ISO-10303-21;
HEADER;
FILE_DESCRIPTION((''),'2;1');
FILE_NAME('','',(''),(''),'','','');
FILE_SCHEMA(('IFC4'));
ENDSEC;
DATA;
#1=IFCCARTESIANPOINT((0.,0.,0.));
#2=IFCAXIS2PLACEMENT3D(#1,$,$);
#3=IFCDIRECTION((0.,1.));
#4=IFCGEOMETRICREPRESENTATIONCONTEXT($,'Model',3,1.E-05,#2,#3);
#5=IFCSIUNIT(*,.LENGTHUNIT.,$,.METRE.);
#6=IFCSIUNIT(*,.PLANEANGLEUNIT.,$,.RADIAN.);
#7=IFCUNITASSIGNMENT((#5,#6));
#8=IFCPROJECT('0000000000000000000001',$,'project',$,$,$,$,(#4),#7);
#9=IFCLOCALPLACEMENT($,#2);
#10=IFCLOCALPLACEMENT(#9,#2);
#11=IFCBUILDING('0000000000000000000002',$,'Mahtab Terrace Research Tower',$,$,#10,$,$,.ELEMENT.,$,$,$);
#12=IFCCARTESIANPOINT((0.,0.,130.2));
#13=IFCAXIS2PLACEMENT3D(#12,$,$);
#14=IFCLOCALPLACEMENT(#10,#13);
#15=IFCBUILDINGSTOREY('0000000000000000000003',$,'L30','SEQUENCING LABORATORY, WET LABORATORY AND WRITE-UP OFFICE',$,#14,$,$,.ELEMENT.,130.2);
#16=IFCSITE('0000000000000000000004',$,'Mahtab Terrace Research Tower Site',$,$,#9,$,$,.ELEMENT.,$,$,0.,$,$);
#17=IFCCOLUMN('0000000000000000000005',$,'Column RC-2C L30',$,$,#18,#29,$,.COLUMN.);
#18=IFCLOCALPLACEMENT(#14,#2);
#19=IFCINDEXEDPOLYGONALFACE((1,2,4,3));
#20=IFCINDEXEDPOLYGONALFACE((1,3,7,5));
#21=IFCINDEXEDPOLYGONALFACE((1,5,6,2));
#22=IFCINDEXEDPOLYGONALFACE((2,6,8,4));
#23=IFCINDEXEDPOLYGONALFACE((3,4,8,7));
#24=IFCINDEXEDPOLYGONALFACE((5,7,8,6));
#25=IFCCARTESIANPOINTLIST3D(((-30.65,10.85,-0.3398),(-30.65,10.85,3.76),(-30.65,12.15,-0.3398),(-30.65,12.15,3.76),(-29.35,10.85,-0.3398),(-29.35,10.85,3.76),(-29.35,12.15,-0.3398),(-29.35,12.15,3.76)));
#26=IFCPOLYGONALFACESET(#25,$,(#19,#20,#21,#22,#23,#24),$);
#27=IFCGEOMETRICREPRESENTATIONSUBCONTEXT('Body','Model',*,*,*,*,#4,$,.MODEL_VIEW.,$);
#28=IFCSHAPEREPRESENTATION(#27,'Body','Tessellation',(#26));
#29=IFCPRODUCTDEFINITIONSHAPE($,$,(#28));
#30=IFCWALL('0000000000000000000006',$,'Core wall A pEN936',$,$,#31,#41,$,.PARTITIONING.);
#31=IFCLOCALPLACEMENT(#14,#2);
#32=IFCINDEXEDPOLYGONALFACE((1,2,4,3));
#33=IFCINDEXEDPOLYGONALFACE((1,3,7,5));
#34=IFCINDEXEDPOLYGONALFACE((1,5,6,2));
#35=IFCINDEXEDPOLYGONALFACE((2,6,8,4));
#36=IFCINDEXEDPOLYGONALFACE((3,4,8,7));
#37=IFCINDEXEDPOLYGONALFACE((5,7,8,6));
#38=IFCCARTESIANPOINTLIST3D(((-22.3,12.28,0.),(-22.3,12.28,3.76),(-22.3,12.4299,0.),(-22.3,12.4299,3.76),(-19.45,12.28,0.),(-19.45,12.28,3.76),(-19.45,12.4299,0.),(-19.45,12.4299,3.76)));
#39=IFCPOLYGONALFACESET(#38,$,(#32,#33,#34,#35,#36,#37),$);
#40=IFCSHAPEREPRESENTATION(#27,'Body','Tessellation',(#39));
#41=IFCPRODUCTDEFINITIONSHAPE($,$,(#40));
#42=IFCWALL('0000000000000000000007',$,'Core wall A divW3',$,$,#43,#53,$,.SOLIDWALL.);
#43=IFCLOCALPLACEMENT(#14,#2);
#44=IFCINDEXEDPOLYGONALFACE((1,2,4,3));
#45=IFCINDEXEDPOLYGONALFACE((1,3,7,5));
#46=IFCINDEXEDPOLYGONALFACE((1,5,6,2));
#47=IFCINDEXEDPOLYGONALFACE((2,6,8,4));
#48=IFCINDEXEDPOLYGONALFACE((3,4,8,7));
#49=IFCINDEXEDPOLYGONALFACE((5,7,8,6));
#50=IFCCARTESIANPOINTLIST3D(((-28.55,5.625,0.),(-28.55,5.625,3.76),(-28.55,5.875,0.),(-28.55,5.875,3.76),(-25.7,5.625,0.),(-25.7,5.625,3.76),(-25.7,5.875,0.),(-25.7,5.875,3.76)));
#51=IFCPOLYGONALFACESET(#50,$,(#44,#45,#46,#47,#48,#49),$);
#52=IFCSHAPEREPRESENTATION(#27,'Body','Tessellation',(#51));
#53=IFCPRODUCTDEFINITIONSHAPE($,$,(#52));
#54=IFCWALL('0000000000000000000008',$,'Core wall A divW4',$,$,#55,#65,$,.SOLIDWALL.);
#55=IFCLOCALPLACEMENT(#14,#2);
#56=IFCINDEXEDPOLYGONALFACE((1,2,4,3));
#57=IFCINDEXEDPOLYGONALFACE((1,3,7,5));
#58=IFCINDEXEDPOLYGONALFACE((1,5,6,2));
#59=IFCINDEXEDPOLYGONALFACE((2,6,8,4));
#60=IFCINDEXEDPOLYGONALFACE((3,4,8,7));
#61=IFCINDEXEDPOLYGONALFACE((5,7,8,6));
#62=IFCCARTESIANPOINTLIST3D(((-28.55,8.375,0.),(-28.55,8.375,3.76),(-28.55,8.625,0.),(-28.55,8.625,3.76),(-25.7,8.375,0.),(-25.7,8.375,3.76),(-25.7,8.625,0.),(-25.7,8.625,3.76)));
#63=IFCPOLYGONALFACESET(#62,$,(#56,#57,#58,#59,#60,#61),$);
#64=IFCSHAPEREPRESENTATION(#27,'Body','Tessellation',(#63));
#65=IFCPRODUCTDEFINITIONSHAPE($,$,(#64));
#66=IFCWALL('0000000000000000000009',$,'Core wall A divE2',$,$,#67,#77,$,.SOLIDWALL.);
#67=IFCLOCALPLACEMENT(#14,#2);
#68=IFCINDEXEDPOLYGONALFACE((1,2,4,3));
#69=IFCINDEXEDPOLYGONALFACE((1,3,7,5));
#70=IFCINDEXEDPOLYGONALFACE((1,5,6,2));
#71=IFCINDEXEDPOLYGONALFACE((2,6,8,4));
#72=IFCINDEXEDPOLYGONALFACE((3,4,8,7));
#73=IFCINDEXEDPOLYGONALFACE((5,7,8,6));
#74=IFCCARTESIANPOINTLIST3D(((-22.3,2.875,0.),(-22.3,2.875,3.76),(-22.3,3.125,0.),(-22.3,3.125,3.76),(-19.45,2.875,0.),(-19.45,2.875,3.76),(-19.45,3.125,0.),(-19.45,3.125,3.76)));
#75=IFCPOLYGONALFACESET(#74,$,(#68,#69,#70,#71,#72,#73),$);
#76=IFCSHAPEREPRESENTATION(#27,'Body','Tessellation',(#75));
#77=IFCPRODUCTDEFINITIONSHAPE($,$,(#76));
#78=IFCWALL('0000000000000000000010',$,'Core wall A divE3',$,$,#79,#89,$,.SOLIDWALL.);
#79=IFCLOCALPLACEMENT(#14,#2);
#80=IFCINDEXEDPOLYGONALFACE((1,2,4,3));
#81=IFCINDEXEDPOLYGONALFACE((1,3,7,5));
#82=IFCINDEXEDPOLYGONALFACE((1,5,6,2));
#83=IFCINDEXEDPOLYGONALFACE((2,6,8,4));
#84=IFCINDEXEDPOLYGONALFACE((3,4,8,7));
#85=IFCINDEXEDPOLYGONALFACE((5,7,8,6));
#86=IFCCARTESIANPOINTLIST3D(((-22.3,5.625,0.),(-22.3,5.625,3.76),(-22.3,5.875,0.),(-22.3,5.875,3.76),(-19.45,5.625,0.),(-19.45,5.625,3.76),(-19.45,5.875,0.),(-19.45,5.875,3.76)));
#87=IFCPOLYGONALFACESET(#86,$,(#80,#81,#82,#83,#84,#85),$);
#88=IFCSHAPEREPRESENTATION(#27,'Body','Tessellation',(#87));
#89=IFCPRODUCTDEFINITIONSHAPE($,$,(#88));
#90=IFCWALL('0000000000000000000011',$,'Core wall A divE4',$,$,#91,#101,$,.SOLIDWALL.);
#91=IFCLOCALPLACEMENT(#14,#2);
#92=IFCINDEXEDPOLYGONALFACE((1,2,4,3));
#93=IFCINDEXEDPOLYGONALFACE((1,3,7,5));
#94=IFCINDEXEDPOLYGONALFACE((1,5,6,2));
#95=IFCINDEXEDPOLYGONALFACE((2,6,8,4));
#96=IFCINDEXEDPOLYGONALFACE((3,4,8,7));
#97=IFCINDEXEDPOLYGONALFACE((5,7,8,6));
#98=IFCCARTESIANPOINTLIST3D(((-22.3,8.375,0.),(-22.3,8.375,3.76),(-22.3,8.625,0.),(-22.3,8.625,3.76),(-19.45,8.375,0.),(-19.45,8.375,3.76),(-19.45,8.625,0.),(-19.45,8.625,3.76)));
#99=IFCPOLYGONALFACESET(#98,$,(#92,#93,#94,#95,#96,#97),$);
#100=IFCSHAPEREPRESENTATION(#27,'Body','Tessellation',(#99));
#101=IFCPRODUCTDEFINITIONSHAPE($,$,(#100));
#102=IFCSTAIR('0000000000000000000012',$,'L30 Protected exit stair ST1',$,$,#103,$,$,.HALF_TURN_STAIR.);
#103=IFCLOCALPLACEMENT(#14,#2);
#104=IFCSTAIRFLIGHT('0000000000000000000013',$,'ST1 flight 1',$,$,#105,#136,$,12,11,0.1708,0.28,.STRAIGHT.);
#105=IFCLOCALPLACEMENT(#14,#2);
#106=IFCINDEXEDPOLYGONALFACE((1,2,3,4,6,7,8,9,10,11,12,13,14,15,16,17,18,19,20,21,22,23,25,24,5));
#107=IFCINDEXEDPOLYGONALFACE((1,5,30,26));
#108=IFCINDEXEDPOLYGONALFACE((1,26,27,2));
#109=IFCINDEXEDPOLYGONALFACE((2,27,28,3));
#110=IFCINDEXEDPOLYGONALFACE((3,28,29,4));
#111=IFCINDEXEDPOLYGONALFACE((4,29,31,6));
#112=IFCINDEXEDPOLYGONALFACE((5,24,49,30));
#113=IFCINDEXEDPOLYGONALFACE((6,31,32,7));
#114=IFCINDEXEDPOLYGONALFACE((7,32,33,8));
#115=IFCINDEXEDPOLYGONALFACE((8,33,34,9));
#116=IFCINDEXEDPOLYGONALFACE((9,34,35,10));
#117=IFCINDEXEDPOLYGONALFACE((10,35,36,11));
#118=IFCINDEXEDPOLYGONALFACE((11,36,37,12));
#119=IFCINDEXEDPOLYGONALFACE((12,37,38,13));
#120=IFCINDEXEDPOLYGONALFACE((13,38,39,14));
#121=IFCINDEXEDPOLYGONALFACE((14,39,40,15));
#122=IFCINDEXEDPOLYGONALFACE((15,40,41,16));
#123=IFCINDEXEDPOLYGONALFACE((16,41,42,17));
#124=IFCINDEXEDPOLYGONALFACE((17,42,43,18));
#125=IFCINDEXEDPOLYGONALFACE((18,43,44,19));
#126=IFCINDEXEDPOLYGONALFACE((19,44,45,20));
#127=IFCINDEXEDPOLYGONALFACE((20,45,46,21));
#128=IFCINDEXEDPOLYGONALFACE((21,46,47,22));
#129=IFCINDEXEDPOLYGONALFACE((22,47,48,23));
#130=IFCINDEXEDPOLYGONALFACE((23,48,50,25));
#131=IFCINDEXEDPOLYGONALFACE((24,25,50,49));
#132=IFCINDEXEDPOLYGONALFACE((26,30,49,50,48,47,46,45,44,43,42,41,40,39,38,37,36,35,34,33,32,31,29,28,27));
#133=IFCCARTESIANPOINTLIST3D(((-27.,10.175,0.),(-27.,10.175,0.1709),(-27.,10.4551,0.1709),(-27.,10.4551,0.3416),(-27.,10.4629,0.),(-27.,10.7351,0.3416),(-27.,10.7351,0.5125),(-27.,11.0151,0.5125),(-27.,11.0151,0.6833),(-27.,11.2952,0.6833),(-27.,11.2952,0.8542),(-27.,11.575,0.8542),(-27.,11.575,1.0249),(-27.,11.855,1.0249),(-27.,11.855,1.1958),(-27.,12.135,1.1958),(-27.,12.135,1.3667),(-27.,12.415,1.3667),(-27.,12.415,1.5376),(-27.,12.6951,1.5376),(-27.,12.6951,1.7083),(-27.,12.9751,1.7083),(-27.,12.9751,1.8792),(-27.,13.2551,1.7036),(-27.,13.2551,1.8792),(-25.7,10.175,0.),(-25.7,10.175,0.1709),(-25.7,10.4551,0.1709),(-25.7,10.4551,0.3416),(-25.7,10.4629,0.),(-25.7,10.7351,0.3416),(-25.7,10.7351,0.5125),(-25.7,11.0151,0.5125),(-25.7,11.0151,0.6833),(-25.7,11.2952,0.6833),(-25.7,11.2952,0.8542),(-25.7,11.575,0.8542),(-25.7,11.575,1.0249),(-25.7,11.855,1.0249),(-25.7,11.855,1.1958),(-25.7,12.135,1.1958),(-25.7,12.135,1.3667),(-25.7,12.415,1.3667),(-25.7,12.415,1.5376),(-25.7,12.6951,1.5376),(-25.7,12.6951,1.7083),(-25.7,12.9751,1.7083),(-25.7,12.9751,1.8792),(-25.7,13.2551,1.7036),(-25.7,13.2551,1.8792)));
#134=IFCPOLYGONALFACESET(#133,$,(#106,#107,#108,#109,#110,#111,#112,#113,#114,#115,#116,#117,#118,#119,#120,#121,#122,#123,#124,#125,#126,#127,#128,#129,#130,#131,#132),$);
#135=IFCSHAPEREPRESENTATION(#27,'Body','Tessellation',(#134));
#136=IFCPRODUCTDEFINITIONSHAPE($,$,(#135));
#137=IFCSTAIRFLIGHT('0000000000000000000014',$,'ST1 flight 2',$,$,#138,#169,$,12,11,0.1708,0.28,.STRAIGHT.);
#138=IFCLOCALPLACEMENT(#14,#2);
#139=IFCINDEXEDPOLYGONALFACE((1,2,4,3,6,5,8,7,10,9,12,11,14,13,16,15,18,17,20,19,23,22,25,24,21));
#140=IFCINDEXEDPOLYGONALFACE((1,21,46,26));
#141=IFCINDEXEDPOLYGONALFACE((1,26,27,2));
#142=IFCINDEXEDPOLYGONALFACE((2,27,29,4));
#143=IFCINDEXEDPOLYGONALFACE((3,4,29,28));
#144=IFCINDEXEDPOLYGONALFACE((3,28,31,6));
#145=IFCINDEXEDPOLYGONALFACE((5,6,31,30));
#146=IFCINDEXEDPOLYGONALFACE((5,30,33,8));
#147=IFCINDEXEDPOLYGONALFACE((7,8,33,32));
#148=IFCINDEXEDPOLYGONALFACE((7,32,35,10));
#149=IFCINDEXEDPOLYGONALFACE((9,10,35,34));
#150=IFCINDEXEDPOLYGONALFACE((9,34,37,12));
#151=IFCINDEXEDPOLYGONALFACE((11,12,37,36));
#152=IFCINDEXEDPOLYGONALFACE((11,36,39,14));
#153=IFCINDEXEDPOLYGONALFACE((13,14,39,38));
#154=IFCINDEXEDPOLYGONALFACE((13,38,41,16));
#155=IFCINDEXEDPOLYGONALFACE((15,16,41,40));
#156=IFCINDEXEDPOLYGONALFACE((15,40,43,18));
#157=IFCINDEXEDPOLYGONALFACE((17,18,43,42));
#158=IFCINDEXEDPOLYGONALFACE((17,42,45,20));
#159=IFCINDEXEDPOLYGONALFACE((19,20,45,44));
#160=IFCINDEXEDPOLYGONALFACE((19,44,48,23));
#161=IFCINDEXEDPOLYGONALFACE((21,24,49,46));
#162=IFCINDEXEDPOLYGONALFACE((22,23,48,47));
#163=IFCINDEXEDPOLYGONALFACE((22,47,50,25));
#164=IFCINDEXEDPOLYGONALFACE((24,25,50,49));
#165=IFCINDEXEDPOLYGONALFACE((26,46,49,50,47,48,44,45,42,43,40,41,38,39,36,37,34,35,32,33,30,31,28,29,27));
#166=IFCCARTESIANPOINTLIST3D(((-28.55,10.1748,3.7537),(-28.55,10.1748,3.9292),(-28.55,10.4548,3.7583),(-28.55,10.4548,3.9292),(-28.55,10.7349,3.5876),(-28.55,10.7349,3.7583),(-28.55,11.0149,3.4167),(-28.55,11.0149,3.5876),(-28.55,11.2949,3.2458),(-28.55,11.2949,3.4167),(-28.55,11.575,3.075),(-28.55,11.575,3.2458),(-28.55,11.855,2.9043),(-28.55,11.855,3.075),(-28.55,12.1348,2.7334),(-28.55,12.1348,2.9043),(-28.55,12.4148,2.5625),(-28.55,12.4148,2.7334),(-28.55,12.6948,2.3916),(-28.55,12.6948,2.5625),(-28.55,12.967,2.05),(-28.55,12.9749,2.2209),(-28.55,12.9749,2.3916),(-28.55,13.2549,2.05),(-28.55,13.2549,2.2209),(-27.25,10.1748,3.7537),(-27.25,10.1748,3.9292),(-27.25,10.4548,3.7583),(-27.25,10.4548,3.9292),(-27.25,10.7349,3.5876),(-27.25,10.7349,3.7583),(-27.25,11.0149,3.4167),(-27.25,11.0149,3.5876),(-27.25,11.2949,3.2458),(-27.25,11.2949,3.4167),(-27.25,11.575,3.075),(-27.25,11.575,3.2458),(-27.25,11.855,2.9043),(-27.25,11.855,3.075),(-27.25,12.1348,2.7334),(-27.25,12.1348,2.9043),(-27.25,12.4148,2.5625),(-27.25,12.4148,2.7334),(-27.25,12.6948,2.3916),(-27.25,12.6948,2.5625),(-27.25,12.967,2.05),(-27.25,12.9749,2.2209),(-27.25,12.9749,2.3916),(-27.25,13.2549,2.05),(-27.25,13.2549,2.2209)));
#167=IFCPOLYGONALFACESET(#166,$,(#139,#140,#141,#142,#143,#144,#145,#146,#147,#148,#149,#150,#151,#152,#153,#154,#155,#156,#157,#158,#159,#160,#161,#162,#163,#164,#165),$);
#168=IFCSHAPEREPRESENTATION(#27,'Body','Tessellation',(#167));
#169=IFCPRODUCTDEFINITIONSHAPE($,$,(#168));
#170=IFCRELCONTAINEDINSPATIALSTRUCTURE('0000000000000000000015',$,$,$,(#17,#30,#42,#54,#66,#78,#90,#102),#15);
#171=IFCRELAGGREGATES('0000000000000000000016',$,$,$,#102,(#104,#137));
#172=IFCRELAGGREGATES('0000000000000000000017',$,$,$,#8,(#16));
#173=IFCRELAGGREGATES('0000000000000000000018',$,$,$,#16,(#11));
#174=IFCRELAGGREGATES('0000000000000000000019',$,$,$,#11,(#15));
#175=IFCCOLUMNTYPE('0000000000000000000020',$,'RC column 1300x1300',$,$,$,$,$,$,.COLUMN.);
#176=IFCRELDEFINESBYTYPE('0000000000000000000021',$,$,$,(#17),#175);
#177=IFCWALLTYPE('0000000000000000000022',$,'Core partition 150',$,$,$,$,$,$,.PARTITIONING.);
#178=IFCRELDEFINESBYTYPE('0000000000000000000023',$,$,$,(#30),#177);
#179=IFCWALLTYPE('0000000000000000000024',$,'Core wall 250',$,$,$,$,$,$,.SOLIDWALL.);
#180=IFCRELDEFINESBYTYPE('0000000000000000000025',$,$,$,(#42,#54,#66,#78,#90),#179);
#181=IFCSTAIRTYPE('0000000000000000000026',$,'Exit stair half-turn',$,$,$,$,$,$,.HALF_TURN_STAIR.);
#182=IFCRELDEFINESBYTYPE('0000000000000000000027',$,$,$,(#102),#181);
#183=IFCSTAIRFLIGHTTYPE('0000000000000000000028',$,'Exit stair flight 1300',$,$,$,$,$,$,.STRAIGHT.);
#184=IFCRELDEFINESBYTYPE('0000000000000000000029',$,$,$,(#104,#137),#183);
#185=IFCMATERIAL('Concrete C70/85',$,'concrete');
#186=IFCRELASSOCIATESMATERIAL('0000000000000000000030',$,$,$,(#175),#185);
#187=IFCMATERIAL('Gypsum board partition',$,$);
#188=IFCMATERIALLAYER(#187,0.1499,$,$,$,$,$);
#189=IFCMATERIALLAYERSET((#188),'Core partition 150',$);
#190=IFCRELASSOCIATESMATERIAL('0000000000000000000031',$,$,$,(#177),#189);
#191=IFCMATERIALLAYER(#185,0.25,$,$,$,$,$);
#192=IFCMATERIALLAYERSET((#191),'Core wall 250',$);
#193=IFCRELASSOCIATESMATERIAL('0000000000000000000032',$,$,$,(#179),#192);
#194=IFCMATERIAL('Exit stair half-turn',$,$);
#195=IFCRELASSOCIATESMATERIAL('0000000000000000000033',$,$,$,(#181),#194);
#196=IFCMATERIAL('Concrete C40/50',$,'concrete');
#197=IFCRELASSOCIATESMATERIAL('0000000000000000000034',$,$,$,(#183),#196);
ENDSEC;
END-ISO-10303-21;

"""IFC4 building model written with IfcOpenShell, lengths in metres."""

from ifc_helpers import new_model, si_unit, direction, frame, frame_2d, origin, origin_2d, place, context, subcontext, project, spatial, polyline, rectangle, outline, extrude, material, layer, layer_set, material_profile, profile_set, type_object, element, aggregate, save


model = new_model("IFC4")

# Units and contexts
model_context = context("Model", 3, precision=1e-05, world=origin(), true_north=direction((0.0, 1.0)))
body_context = subcontext(model_context, "Body", "Model", "MODEL_VIEW")
ifc_project = project(units=[si_unit("LENGTHUNIT", "METRE"), si_unit("PLANEANGLEUNIT", "RADIAN")], contexts=[model_context])

# Site, building, storey
site_placement = place(None, origin())
site = spatial("IfcSite", under=ifc_project, at=site_placement, Name="Mahtab Terrace Research Tower Site", CompositionType="ELEMENT", RefElevation=0.0)
building_placement = place(site_placement, origin())
building = spatial("IfcBuilding", under=site, at=building_placement, Name="Mahtab Terrace Research Tower", CompositionType="ELEMENT")
storey_placement = place(building_placement, frame((0.0, 0.0, 130.2)))
storey = spatial("IfcBuildingStorey", under=building, at=storey_placement, Name="L30", Description="SEQUENCING LABORATORY, WET LABORATORY AND WRITE-UP OFFICE", CompositionType="ELEMENT", Elevation=130.2)

# Column
ifc_material_1 = material(Name="Concrete C70/85", Category="concrete")
ifc_material_profile = material_profile(ifc_material_1, rectangle(XDim=1.3, YDim=1.3, at=origin_2d()), Name="RC column 1300x1300")
ifc_profile_set = profile_set([ifc_material_profile], Name="Concrete C70/85")
column_type = type_object("IfcColumnType", Name="RC column 1300x1300", PredefinedType="COLUMN", material=ifc_profile_set)
column_placement = place(storey_placement, frame((-30.0, 11.5, -0.3398), z_axis=(0.0, 0.0, 1.0), x_axis=(1.0, 0.0, 0.0)))
element("IfcColumn", 1, at=column_placement, inside=storey, type_object=column_type, Name="Column RC-2C L30", PredefinedType="COLUMN", context=body_context, shape_type="SweptSolid", body=[
    extrude(rectangle(XDim=1.3, YDim=1.3, at=origin_2d()), origin(), (0.0, 0.0, 1.0), 4.0999),
])

# Walls
ifc_material_2 = material(Name="Gypsum board partition")
ifc_layer_1 = layer(ifc_material_2, 0.1499)
ifc_layer_set_1 = layer_set([ifc_layer_1], Name="Core partition 150")
wall_type_1 = type_object("IfcWallType", Name="Core partition 150", PredefinedType="PARTITIONING", material=ifc_layer_set_1)
wall_placement = place(storey_placement, frame((-22.3, 12.355, 0.0), z_axis=(0.0, 0.0, 1.0), x_axis=(1.0, 0.0, 0.0)))
element("IfcWall", 2, at=wall_placement, inside=storey, type_object=wall_type_1, Name="Core wall A pEN936", PredefinedType="PARTITIONING", context=body_context, shape_type="SweptSolid", body=[
    extrude(rectangle(XDim=2.8501, YDim=0.1499, at=frame_2d((1.425, 0.0))), origin(), (0.0, 0.0, 1.0), 3.76),
])
ifc_layer_2 = layer(ifc_material_1, 0.25)
ifc_layer_set_2 = layer_set([ifc_layer_2], Name="Core wall 250")
wall_type_2 = type_object("IfcWallType", Name="Core wall 250", PredefinedType="SOLIDWALL", material=ifc_layer_set_2)
for number, where, z_axis, x_axis, name in (
    (3, (-28.55, 5.75, 0.0), (0.0, 0.0, 1.0), (1.0, 0.0, 0.0), "Core wall A divW3"),
    (4, (-28.55, 8.5, 0.0), (0.0, 0.0, 1.0), (1.0, 0.0, 0.0), "Core wall A divW4"),
    (5, (-22.3, 3.0, 0.0), (0.0, 0.0, 1.0), (1.0, 0.0, 0.0), "Core wall A divE2"),
    (6, (-22.3, 5.75, 0.0), (0.0, 0.0, 1.0), (1.0, 0.0, 0.0), "Core wall A divE3"),
    (7, (-22.3, 8.5, 0.0), (0.0, 0.0, 1.0), (1.0, 0.0, 0.0), "Core wall A divE4"),
):
    element("IfcWall", number, at=place(storey_placement, frame(where, z_axis=z_axis, x_axis=x_axis)), inside=storey, type_object=wall_type_2, Name=name, PredefinedType="SOLIDWALL", context=body_context, shape_type="SweptSolid", body=[
        extrude(rectangle(XDim=2.8501, YDim=0.25, at=frame_2d((1.425, 0.0))), origin(), (0.0, 0.0, 1.0), 3.76),
    ])

# Stair, stair flights
ifc_material_3 = material(Name="Exit stair half-turn")
stair_type = type_object("IfcStairType", Name="Exit stair half-turn", PredefinedType="HALF_TURN_STAIR", material=ifc_material_3)
stair_placement = place(storey_placement, origin())
stair = element("IfcStair", 8, at=stair_placement, inside=storey, type_object=stair_type, Name="L30 Protected exit stair ST1", PredefinedType="HALF_TURN_STAIR")
ifc_material_4 = material(Name="Concrete C40/50", Category="concrete")
stair_flight_type = type_object("IfcStairFlightType", Name="Exit stair flight 1300", PredefinedType="STRAIGHT", material=ifc_material_4)
stair_flight_1_placement = place(storey_placement, frame((-26.3501, 10.175, 0.0), z_axis=(0.0, 0.0, 1.0), x_axis=(0.0, 1.0, 0.0)))
stair_flight_1 = element("IfcStairFlight", 9, at=stair_flight_1_placement, type_object=stair_flight_type, Name="ST1 flight 1", NumberOfRisers=12, NumberOfTreads=11, PredefinedType="STRAIGHT", RiserHeight=0.1708, TreadLength=0.28, context=body_context, shape_type="SweptSolid", body=[
    extrude(outline(polyline([(0.0, 0.0), (0.0, 0.1709), (0.28, 0.1709), (0.28, 0.3416), (0.5601, 0.3416), (0.5601, 0.5125), (0.8401, 0.5125), (0.8401, 0.6833), (1.1201, 0.6833), (1.1201, 0.8542), (1.3999, 0.8542), (1.3999, 1.0249), (1.6799, 1.0249), (1.6799, 1.1958), (1.96, 1.1958), (1.96, 1.3667), (2.24, 1.3667), (2.24, 1.5376), (2.52, 1.5376), (2.52, 1.7083), (2.8, 1.7083), (2.8, 1.8792), (3.0801, 1.8792), (3.0801, 2.05), (3.0801, 1.7036), (0.2878, 0.0), (0.0, 0.0)])), frame((0.0, 0.6499, 0.0), z_axis=(0.0, -1.0, 0.0), x_axis=(1.0, 0.0, 0.0)), (0.0, 0.0, 1.0), 1.3),
])
stair_flight_2_placement = place(storey_placement, frame((-27.8999, 13.2549, 2.05), z_axis=(0.0, 0.0, 1.0), x_axis=(0.0, -1.0, 0.0)))
stair_flight_2 = element("IfcStairFlight", 10, at=stair_flight_2_placement, type_object=stair_flight_type, Name="ST1 flight 2", NumberOfRisers=12, NumberOfTreads=11, PredefinedType="STRAIGHT", RiserHeight=0.1708, TreadLength=0.28, context=body_context, shape_type="SweptSolid", body=[
    extrude(outline(polyline([(0.0, 0.0), (0.0, 0.1709), (0.28, 0.1709), (0.28, 0.3416), (0.5601, 0.3416), (0.5601, 0.5125), (0.8401, 0.5125), (0.8401, 0.6833), (1.1201, 0.6833), (1.1201, 0.8542), (1.3999, 0.8542), (1.3999, 1.0249), (1.6799, 1.0249), (1.6799, 1.1958), (1.96, 1.1958), (1.96, 1.3667), (2.24, 1.3667), (2.24, 1.5376), (2.52, 1.5376), (2.52, 1.7083), (2.8, 1.7083), (2.8, 1.8792), (3.0801, 1.8792), (3.0801, 2.05), (3.0801, 1.7036), (0.2878, 0.0), (0.0, 0.0)])), frame((0.0, 0.6499, 0.0), z_axis=(0.0, -1.0, 0.0), x_axis=(1.0, 0.0, 0.0)), (0.0, 0.0, 1.0), 1.3),
])
aggregate(stair, [stair_flight_1, stair_flight_2])

save(model, "model.ifc")
